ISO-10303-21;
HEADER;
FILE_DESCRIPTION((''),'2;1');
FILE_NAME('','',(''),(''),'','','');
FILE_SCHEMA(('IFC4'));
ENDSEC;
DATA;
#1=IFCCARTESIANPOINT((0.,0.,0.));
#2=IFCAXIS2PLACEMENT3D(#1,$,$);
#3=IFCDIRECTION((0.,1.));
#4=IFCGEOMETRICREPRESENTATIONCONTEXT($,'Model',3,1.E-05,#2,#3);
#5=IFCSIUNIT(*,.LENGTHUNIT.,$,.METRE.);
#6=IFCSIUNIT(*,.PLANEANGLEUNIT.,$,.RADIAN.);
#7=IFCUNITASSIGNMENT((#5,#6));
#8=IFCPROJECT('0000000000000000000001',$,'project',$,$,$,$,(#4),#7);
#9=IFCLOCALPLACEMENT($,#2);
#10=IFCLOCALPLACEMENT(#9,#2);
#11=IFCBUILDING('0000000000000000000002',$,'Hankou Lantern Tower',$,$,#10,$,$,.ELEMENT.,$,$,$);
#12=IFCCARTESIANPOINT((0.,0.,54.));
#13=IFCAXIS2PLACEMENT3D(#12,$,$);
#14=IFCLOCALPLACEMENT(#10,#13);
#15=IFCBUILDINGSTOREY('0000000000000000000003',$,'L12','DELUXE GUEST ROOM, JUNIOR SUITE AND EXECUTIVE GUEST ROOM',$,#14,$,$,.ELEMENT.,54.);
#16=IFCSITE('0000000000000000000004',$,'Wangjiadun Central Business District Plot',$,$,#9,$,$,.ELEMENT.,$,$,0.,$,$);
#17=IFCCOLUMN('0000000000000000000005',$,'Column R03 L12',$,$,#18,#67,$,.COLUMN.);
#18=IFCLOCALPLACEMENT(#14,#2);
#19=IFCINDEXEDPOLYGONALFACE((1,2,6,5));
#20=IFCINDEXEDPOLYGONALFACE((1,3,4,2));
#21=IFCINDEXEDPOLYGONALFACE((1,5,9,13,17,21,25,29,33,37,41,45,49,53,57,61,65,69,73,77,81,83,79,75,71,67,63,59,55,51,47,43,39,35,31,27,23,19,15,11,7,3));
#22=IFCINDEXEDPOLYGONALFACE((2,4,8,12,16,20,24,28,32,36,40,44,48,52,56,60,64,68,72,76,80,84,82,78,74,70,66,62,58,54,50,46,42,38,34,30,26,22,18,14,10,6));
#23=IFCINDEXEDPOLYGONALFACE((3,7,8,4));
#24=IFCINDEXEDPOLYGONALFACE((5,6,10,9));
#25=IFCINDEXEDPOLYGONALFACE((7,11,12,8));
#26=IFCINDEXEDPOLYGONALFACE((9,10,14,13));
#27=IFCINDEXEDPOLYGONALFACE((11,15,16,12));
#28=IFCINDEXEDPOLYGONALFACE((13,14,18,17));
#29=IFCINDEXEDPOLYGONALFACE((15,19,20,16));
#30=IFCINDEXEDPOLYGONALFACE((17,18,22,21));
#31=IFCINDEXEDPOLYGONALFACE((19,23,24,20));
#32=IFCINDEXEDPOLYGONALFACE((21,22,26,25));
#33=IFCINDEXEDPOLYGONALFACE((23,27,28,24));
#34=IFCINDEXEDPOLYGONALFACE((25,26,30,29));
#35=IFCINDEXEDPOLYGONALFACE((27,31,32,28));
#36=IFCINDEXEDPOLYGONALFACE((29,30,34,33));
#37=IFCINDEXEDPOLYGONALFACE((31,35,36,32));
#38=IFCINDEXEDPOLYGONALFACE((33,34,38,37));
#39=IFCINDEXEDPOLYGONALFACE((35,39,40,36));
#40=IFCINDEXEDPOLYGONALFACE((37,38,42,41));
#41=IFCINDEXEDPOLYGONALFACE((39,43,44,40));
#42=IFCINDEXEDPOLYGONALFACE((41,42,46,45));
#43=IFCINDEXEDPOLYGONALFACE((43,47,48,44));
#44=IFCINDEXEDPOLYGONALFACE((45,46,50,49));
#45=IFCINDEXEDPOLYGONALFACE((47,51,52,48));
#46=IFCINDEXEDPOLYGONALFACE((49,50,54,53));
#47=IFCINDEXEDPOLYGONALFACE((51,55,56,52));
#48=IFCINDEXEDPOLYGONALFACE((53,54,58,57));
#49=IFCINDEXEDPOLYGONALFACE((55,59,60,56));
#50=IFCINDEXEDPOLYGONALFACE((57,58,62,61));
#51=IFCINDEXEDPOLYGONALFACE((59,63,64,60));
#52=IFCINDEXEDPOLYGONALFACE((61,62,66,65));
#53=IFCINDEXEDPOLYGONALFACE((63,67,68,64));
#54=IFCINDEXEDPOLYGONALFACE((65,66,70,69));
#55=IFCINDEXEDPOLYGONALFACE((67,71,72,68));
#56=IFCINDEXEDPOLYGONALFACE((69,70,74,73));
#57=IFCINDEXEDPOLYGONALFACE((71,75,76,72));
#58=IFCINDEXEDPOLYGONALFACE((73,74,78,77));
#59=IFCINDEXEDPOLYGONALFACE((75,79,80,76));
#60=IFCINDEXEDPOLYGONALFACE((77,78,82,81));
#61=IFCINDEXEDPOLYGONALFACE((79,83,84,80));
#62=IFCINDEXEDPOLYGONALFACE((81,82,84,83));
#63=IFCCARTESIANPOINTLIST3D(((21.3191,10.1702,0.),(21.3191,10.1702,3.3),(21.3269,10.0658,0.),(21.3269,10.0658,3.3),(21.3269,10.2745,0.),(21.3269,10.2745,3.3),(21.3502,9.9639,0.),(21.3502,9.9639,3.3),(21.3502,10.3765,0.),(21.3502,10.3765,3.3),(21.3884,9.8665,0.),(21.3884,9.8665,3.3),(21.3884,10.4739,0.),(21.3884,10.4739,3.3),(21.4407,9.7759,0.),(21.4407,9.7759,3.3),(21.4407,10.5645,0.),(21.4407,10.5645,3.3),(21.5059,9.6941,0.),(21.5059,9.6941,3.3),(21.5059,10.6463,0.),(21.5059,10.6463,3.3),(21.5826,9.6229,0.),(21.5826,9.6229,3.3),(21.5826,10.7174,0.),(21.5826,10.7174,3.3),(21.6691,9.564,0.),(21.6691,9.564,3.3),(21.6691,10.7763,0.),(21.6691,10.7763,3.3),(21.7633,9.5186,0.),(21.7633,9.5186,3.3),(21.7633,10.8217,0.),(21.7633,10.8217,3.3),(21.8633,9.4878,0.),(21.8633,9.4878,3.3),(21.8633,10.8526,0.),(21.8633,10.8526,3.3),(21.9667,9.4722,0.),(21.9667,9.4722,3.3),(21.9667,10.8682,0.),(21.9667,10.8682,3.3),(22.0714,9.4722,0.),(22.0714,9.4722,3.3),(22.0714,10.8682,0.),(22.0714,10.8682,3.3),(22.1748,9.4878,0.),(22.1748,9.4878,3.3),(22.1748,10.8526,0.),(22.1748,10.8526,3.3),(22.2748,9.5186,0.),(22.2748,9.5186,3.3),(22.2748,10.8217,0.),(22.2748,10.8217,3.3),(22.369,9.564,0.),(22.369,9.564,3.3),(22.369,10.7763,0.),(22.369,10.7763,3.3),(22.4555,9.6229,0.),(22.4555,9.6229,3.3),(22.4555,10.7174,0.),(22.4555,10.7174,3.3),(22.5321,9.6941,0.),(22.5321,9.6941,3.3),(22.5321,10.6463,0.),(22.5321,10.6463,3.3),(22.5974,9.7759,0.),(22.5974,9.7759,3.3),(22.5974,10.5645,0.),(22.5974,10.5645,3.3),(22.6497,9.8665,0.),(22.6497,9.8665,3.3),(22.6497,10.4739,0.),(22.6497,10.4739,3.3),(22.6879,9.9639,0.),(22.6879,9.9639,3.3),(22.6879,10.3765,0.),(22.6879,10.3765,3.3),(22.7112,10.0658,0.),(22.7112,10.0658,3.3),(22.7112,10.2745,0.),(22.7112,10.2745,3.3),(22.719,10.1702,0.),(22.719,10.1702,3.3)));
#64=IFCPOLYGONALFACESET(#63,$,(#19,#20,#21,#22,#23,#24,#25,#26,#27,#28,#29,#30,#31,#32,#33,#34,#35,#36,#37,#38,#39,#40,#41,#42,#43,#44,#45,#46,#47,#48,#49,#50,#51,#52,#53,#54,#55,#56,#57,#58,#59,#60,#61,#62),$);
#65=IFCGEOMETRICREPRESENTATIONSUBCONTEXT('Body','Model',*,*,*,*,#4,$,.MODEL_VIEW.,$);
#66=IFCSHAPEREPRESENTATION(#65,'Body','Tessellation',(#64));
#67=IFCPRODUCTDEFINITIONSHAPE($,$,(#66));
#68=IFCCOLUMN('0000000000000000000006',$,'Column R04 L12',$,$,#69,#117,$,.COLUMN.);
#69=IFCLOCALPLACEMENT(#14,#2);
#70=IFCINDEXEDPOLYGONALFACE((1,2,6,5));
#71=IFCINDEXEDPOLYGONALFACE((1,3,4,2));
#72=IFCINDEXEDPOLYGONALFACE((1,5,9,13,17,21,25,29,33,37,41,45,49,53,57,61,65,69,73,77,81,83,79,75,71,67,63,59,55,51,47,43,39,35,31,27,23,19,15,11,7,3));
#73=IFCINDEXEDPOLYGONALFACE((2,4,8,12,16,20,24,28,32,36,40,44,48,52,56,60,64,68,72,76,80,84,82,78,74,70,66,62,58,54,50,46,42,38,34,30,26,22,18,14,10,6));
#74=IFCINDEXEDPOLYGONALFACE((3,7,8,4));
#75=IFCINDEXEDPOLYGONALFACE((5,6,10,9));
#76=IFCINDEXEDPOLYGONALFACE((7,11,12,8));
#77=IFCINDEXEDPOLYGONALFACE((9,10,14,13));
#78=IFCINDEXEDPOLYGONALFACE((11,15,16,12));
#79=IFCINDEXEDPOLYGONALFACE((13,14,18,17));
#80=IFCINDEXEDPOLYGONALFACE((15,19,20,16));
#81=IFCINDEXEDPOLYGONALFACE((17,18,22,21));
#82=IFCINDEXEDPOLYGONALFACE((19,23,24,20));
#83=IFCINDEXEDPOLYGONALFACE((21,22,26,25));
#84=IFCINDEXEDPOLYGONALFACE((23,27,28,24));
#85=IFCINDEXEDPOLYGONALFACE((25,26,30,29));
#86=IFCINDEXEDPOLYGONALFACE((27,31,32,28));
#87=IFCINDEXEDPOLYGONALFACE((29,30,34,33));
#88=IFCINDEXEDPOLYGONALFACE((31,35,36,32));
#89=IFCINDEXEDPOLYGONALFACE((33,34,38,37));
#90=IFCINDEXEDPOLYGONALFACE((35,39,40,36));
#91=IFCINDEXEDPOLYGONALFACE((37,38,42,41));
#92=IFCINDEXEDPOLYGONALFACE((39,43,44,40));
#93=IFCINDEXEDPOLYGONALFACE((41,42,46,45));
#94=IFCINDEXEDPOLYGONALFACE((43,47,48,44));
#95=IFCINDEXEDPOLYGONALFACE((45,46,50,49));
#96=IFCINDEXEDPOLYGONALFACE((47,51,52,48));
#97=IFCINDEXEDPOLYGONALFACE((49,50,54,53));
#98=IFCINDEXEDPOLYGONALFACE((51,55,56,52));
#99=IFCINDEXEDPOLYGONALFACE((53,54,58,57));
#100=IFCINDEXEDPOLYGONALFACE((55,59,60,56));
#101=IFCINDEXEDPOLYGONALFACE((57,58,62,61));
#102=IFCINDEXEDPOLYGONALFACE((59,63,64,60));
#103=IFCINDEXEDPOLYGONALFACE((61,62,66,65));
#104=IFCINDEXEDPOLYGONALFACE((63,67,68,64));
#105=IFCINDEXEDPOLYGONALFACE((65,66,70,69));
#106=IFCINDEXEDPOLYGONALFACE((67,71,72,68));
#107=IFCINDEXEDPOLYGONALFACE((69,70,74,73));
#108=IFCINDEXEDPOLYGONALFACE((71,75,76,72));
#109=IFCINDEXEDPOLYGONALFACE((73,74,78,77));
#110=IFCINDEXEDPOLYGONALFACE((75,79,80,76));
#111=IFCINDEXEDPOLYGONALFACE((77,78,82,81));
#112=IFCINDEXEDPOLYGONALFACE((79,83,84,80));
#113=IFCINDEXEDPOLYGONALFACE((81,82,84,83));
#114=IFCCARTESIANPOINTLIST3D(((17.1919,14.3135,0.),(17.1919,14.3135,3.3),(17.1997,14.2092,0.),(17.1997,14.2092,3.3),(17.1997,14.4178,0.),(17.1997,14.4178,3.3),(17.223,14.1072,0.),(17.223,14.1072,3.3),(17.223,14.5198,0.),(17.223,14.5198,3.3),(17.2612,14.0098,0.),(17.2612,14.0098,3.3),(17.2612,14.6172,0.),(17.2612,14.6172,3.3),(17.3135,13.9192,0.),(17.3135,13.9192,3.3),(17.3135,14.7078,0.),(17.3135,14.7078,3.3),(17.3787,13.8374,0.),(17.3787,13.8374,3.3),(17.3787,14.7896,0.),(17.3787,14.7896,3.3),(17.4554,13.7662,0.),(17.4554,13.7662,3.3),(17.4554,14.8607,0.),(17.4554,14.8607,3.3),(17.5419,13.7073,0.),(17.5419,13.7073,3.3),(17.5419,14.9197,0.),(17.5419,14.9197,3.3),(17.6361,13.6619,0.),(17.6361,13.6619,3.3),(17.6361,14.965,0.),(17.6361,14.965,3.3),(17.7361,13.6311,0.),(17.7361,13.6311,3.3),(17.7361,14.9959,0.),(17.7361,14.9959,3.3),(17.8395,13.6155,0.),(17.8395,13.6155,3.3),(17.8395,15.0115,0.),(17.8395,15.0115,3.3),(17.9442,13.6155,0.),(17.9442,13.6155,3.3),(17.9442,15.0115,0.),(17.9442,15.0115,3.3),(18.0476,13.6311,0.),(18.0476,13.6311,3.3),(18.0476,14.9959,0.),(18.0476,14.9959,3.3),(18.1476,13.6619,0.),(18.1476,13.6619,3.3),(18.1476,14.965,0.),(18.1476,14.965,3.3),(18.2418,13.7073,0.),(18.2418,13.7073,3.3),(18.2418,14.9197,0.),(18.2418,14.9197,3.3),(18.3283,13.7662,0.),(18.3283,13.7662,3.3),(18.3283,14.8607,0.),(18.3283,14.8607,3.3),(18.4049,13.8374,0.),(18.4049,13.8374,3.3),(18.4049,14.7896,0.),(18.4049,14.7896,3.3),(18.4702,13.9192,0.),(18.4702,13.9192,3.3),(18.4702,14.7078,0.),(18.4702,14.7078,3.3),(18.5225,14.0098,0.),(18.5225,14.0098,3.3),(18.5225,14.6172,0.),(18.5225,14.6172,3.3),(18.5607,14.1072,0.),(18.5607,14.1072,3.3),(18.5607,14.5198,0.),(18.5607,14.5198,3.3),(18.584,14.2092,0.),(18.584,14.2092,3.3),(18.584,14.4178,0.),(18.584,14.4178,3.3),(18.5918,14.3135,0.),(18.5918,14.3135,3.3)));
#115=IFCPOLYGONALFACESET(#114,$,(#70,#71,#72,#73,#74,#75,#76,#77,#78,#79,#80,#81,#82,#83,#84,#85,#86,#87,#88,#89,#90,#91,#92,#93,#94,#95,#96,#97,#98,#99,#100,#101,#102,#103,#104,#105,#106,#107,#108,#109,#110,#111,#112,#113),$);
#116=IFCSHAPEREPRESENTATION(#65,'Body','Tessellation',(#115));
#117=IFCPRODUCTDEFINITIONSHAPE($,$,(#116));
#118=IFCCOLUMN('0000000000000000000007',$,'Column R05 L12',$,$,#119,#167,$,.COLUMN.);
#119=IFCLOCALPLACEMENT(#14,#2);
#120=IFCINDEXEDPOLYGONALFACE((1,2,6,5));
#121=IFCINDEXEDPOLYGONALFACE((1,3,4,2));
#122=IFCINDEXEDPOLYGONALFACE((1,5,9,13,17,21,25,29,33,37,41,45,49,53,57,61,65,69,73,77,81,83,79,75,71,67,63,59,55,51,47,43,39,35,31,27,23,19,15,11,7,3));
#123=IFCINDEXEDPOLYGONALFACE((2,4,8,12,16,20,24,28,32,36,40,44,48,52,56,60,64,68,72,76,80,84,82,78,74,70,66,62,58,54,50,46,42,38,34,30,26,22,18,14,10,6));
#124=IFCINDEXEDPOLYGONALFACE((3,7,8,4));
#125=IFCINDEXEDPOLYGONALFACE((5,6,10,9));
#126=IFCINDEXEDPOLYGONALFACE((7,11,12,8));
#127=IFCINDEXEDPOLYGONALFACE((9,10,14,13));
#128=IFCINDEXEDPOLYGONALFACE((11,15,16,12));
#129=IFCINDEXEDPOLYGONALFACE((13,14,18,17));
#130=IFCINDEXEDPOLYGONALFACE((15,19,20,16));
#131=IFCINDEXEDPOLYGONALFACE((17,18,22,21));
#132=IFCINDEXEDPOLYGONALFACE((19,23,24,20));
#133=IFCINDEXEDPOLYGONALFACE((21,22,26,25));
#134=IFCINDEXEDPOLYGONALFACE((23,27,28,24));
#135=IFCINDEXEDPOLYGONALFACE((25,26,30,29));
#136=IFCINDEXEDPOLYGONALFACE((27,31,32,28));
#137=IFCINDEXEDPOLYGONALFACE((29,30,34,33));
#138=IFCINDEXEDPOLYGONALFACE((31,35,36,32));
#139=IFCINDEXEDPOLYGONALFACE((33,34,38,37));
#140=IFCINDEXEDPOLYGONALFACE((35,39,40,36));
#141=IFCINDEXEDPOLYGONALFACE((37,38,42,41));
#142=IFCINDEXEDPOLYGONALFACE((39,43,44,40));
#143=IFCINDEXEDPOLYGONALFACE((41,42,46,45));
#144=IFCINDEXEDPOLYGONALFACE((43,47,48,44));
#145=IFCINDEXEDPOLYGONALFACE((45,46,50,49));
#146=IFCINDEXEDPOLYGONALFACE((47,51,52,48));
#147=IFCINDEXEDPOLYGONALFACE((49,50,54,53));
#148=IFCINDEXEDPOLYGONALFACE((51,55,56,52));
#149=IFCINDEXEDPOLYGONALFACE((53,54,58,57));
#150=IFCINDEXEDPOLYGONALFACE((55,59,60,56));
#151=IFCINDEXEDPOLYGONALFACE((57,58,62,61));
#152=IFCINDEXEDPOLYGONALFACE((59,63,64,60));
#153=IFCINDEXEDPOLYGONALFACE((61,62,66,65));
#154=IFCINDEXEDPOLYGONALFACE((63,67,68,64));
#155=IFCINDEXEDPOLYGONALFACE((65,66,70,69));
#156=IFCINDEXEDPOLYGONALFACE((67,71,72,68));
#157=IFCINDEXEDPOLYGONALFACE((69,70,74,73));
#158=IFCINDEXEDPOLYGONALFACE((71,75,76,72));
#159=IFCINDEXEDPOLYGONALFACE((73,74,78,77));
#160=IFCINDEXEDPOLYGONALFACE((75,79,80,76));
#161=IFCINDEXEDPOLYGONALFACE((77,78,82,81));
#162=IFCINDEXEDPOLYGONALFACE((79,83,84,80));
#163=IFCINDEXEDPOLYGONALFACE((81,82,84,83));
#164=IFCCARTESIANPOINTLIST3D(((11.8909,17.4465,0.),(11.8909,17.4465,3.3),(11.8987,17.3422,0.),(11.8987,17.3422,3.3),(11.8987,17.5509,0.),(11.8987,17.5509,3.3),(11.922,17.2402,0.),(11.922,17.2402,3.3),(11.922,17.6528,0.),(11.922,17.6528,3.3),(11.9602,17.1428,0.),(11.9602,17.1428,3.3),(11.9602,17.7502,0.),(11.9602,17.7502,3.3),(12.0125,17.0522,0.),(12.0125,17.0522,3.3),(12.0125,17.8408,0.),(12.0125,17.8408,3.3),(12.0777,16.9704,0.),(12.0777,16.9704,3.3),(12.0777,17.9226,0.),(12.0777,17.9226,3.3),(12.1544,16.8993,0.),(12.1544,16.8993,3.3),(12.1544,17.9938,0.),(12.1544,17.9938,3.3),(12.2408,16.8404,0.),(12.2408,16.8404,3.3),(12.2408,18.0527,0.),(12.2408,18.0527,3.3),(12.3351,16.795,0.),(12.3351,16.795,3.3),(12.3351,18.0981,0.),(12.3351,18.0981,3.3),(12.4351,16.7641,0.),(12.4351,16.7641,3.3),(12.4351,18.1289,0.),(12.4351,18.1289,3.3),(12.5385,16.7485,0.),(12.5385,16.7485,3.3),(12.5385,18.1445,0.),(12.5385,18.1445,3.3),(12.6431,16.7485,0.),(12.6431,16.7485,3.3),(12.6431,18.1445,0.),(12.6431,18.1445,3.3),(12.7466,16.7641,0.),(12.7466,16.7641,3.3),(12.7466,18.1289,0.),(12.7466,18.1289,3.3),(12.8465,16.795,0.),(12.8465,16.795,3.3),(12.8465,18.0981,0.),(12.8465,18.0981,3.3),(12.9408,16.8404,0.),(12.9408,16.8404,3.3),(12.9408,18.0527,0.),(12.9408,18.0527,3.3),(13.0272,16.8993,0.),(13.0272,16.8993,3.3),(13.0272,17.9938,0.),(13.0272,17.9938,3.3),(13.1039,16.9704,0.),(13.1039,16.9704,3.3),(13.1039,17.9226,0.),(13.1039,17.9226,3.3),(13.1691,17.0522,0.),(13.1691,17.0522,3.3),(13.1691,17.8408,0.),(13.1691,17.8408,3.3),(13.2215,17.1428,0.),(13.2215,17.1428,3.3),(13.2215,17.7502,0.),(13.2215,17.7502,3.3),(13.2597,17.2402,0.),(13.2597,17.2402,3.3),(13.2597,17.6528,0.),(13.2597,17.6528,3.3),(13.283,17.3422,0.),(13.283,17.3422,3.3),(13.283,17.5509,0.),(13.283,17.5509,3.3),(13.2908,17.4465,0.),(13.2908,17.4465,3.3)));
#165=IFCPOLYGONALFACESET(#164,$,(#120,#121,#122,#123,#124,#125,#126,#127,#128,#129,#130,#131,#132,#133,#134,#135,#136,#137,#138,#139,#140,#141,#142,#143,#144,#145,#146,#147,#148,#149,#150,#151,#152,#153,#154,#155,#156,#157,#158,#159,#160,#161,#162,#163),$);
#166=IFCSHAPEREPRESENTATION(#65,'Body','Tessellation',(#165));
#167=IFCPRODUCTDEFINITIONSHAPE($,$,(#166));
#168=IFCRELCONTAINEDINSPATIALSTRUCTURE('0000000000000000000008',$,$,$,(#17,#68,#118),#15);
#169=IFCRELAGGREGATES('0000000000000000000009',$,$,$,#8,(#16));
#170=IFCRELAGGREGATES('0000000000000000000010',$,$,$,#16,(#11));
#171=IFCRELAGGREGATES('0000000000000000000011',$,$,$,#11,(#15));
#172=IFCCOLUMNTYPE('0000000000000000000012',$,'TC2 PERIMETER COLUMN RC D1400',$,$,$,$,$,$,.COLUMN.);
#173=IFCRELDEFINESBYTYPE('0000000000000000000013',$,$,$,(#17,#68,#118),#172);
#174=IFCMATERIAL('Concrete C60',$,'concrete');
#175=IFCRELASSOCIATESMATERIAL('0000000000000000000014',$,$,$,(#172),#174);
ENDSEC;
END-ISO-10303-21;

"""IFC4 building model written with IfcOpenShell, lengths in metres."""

from ifc_helpers import new_model, si_unit, direction, frame, origin, origin_2d, place, context, subcontext, project, spatial, circle, extrude, material, material_profile, profile_set, type_object, element, save


model = new_model("IFC4")

# Units and contexts
model_context = context("Model", 3, precision=1e-05, world=origin(), true_north=direction((0.0, 1.0)))
body_context = subcontext(model_context, "Body", "Model", "MODEL_VIEW")
ifc_project = project(units=[si_unit("LENGTHUNIT", "METRE"), si_unit("PLANEANGLEUNIT", "RADIAN")], contexts=[model_context])

# Site, building, storey
site_placement = place(None, origin())
site = spatial("IfcSite", under=ifc_project, at=site_placement, Name="Wangjiadun Central Business District Plot", CompositionType="ELEMENT", RefElevation=0.0)
building_placement = place(site_placement, origin())
building = spatial("IfcBuilding", under=site, at=building_placement, Name="Hankou Lantern Tower", CompositionType="ELEMENT")
storey_placement = place(building_placement, frame((0.0, 0.0, 54.0)))
storey = spatial("IfcBuildingStorey", under=building, at=storey_placement, Name="L12", Description="DELUXE GUEST ROOM, JUNIOR SUITE AND EXECUTIVE GUEST ROOM", CompositionType="ELEMENT", Elevation=54.0)

# Columns
ifc_material_1 = material(Name="Concrete C60", Category="concrete")
ifc_material_profile_1 = material_profile(ifc_material_1, circle(Radius=0.7, at=origin_2d()), Name="RC D1400")
ifc_profile_set_1 = profile_set([ifc_material_profile_1], Name="Concrete C60")
column_type = type_object("IfcColumnType", Name="TC2 PERIMETER COLUMN RC D1400", PredefinedType="COLUMN", material=ifc_profile_set_1)
for number, where, z_axis, x_axis, name in (
    (1, (22.019, 10.1702, 0.0), (0.0, 0.0, 1.0), (1.0, 0.0, 0.0), "Column R03 L12"),
    (2, (17.8918, 14.3135, 0.0), (0.0, 0.0, 1.0), (1.0, 0.0, 0.0), "Column R04 L12"),
    (3, (12.5908, 17.4465, 0.0), (0.0, 0.0, 1.0), (1.0, 0.0, 0.0), "Column R05 L12"),
):
    element("IfcColumn", number, at=place(storey_placement, frame(where, z_axis=z_axis, x_axis=x_axis)), inside=storey, type_object=column_type, Name=name, PredefinedType="COLUMN", context=body_context, shape_type="SweptSolid", body=[
        extrude(circle(Radius=0.7, at=origin_2d()), origin(), (0.0, 0.0, 1.0), 3.3),
    ])

save(model, "model.ifc")
